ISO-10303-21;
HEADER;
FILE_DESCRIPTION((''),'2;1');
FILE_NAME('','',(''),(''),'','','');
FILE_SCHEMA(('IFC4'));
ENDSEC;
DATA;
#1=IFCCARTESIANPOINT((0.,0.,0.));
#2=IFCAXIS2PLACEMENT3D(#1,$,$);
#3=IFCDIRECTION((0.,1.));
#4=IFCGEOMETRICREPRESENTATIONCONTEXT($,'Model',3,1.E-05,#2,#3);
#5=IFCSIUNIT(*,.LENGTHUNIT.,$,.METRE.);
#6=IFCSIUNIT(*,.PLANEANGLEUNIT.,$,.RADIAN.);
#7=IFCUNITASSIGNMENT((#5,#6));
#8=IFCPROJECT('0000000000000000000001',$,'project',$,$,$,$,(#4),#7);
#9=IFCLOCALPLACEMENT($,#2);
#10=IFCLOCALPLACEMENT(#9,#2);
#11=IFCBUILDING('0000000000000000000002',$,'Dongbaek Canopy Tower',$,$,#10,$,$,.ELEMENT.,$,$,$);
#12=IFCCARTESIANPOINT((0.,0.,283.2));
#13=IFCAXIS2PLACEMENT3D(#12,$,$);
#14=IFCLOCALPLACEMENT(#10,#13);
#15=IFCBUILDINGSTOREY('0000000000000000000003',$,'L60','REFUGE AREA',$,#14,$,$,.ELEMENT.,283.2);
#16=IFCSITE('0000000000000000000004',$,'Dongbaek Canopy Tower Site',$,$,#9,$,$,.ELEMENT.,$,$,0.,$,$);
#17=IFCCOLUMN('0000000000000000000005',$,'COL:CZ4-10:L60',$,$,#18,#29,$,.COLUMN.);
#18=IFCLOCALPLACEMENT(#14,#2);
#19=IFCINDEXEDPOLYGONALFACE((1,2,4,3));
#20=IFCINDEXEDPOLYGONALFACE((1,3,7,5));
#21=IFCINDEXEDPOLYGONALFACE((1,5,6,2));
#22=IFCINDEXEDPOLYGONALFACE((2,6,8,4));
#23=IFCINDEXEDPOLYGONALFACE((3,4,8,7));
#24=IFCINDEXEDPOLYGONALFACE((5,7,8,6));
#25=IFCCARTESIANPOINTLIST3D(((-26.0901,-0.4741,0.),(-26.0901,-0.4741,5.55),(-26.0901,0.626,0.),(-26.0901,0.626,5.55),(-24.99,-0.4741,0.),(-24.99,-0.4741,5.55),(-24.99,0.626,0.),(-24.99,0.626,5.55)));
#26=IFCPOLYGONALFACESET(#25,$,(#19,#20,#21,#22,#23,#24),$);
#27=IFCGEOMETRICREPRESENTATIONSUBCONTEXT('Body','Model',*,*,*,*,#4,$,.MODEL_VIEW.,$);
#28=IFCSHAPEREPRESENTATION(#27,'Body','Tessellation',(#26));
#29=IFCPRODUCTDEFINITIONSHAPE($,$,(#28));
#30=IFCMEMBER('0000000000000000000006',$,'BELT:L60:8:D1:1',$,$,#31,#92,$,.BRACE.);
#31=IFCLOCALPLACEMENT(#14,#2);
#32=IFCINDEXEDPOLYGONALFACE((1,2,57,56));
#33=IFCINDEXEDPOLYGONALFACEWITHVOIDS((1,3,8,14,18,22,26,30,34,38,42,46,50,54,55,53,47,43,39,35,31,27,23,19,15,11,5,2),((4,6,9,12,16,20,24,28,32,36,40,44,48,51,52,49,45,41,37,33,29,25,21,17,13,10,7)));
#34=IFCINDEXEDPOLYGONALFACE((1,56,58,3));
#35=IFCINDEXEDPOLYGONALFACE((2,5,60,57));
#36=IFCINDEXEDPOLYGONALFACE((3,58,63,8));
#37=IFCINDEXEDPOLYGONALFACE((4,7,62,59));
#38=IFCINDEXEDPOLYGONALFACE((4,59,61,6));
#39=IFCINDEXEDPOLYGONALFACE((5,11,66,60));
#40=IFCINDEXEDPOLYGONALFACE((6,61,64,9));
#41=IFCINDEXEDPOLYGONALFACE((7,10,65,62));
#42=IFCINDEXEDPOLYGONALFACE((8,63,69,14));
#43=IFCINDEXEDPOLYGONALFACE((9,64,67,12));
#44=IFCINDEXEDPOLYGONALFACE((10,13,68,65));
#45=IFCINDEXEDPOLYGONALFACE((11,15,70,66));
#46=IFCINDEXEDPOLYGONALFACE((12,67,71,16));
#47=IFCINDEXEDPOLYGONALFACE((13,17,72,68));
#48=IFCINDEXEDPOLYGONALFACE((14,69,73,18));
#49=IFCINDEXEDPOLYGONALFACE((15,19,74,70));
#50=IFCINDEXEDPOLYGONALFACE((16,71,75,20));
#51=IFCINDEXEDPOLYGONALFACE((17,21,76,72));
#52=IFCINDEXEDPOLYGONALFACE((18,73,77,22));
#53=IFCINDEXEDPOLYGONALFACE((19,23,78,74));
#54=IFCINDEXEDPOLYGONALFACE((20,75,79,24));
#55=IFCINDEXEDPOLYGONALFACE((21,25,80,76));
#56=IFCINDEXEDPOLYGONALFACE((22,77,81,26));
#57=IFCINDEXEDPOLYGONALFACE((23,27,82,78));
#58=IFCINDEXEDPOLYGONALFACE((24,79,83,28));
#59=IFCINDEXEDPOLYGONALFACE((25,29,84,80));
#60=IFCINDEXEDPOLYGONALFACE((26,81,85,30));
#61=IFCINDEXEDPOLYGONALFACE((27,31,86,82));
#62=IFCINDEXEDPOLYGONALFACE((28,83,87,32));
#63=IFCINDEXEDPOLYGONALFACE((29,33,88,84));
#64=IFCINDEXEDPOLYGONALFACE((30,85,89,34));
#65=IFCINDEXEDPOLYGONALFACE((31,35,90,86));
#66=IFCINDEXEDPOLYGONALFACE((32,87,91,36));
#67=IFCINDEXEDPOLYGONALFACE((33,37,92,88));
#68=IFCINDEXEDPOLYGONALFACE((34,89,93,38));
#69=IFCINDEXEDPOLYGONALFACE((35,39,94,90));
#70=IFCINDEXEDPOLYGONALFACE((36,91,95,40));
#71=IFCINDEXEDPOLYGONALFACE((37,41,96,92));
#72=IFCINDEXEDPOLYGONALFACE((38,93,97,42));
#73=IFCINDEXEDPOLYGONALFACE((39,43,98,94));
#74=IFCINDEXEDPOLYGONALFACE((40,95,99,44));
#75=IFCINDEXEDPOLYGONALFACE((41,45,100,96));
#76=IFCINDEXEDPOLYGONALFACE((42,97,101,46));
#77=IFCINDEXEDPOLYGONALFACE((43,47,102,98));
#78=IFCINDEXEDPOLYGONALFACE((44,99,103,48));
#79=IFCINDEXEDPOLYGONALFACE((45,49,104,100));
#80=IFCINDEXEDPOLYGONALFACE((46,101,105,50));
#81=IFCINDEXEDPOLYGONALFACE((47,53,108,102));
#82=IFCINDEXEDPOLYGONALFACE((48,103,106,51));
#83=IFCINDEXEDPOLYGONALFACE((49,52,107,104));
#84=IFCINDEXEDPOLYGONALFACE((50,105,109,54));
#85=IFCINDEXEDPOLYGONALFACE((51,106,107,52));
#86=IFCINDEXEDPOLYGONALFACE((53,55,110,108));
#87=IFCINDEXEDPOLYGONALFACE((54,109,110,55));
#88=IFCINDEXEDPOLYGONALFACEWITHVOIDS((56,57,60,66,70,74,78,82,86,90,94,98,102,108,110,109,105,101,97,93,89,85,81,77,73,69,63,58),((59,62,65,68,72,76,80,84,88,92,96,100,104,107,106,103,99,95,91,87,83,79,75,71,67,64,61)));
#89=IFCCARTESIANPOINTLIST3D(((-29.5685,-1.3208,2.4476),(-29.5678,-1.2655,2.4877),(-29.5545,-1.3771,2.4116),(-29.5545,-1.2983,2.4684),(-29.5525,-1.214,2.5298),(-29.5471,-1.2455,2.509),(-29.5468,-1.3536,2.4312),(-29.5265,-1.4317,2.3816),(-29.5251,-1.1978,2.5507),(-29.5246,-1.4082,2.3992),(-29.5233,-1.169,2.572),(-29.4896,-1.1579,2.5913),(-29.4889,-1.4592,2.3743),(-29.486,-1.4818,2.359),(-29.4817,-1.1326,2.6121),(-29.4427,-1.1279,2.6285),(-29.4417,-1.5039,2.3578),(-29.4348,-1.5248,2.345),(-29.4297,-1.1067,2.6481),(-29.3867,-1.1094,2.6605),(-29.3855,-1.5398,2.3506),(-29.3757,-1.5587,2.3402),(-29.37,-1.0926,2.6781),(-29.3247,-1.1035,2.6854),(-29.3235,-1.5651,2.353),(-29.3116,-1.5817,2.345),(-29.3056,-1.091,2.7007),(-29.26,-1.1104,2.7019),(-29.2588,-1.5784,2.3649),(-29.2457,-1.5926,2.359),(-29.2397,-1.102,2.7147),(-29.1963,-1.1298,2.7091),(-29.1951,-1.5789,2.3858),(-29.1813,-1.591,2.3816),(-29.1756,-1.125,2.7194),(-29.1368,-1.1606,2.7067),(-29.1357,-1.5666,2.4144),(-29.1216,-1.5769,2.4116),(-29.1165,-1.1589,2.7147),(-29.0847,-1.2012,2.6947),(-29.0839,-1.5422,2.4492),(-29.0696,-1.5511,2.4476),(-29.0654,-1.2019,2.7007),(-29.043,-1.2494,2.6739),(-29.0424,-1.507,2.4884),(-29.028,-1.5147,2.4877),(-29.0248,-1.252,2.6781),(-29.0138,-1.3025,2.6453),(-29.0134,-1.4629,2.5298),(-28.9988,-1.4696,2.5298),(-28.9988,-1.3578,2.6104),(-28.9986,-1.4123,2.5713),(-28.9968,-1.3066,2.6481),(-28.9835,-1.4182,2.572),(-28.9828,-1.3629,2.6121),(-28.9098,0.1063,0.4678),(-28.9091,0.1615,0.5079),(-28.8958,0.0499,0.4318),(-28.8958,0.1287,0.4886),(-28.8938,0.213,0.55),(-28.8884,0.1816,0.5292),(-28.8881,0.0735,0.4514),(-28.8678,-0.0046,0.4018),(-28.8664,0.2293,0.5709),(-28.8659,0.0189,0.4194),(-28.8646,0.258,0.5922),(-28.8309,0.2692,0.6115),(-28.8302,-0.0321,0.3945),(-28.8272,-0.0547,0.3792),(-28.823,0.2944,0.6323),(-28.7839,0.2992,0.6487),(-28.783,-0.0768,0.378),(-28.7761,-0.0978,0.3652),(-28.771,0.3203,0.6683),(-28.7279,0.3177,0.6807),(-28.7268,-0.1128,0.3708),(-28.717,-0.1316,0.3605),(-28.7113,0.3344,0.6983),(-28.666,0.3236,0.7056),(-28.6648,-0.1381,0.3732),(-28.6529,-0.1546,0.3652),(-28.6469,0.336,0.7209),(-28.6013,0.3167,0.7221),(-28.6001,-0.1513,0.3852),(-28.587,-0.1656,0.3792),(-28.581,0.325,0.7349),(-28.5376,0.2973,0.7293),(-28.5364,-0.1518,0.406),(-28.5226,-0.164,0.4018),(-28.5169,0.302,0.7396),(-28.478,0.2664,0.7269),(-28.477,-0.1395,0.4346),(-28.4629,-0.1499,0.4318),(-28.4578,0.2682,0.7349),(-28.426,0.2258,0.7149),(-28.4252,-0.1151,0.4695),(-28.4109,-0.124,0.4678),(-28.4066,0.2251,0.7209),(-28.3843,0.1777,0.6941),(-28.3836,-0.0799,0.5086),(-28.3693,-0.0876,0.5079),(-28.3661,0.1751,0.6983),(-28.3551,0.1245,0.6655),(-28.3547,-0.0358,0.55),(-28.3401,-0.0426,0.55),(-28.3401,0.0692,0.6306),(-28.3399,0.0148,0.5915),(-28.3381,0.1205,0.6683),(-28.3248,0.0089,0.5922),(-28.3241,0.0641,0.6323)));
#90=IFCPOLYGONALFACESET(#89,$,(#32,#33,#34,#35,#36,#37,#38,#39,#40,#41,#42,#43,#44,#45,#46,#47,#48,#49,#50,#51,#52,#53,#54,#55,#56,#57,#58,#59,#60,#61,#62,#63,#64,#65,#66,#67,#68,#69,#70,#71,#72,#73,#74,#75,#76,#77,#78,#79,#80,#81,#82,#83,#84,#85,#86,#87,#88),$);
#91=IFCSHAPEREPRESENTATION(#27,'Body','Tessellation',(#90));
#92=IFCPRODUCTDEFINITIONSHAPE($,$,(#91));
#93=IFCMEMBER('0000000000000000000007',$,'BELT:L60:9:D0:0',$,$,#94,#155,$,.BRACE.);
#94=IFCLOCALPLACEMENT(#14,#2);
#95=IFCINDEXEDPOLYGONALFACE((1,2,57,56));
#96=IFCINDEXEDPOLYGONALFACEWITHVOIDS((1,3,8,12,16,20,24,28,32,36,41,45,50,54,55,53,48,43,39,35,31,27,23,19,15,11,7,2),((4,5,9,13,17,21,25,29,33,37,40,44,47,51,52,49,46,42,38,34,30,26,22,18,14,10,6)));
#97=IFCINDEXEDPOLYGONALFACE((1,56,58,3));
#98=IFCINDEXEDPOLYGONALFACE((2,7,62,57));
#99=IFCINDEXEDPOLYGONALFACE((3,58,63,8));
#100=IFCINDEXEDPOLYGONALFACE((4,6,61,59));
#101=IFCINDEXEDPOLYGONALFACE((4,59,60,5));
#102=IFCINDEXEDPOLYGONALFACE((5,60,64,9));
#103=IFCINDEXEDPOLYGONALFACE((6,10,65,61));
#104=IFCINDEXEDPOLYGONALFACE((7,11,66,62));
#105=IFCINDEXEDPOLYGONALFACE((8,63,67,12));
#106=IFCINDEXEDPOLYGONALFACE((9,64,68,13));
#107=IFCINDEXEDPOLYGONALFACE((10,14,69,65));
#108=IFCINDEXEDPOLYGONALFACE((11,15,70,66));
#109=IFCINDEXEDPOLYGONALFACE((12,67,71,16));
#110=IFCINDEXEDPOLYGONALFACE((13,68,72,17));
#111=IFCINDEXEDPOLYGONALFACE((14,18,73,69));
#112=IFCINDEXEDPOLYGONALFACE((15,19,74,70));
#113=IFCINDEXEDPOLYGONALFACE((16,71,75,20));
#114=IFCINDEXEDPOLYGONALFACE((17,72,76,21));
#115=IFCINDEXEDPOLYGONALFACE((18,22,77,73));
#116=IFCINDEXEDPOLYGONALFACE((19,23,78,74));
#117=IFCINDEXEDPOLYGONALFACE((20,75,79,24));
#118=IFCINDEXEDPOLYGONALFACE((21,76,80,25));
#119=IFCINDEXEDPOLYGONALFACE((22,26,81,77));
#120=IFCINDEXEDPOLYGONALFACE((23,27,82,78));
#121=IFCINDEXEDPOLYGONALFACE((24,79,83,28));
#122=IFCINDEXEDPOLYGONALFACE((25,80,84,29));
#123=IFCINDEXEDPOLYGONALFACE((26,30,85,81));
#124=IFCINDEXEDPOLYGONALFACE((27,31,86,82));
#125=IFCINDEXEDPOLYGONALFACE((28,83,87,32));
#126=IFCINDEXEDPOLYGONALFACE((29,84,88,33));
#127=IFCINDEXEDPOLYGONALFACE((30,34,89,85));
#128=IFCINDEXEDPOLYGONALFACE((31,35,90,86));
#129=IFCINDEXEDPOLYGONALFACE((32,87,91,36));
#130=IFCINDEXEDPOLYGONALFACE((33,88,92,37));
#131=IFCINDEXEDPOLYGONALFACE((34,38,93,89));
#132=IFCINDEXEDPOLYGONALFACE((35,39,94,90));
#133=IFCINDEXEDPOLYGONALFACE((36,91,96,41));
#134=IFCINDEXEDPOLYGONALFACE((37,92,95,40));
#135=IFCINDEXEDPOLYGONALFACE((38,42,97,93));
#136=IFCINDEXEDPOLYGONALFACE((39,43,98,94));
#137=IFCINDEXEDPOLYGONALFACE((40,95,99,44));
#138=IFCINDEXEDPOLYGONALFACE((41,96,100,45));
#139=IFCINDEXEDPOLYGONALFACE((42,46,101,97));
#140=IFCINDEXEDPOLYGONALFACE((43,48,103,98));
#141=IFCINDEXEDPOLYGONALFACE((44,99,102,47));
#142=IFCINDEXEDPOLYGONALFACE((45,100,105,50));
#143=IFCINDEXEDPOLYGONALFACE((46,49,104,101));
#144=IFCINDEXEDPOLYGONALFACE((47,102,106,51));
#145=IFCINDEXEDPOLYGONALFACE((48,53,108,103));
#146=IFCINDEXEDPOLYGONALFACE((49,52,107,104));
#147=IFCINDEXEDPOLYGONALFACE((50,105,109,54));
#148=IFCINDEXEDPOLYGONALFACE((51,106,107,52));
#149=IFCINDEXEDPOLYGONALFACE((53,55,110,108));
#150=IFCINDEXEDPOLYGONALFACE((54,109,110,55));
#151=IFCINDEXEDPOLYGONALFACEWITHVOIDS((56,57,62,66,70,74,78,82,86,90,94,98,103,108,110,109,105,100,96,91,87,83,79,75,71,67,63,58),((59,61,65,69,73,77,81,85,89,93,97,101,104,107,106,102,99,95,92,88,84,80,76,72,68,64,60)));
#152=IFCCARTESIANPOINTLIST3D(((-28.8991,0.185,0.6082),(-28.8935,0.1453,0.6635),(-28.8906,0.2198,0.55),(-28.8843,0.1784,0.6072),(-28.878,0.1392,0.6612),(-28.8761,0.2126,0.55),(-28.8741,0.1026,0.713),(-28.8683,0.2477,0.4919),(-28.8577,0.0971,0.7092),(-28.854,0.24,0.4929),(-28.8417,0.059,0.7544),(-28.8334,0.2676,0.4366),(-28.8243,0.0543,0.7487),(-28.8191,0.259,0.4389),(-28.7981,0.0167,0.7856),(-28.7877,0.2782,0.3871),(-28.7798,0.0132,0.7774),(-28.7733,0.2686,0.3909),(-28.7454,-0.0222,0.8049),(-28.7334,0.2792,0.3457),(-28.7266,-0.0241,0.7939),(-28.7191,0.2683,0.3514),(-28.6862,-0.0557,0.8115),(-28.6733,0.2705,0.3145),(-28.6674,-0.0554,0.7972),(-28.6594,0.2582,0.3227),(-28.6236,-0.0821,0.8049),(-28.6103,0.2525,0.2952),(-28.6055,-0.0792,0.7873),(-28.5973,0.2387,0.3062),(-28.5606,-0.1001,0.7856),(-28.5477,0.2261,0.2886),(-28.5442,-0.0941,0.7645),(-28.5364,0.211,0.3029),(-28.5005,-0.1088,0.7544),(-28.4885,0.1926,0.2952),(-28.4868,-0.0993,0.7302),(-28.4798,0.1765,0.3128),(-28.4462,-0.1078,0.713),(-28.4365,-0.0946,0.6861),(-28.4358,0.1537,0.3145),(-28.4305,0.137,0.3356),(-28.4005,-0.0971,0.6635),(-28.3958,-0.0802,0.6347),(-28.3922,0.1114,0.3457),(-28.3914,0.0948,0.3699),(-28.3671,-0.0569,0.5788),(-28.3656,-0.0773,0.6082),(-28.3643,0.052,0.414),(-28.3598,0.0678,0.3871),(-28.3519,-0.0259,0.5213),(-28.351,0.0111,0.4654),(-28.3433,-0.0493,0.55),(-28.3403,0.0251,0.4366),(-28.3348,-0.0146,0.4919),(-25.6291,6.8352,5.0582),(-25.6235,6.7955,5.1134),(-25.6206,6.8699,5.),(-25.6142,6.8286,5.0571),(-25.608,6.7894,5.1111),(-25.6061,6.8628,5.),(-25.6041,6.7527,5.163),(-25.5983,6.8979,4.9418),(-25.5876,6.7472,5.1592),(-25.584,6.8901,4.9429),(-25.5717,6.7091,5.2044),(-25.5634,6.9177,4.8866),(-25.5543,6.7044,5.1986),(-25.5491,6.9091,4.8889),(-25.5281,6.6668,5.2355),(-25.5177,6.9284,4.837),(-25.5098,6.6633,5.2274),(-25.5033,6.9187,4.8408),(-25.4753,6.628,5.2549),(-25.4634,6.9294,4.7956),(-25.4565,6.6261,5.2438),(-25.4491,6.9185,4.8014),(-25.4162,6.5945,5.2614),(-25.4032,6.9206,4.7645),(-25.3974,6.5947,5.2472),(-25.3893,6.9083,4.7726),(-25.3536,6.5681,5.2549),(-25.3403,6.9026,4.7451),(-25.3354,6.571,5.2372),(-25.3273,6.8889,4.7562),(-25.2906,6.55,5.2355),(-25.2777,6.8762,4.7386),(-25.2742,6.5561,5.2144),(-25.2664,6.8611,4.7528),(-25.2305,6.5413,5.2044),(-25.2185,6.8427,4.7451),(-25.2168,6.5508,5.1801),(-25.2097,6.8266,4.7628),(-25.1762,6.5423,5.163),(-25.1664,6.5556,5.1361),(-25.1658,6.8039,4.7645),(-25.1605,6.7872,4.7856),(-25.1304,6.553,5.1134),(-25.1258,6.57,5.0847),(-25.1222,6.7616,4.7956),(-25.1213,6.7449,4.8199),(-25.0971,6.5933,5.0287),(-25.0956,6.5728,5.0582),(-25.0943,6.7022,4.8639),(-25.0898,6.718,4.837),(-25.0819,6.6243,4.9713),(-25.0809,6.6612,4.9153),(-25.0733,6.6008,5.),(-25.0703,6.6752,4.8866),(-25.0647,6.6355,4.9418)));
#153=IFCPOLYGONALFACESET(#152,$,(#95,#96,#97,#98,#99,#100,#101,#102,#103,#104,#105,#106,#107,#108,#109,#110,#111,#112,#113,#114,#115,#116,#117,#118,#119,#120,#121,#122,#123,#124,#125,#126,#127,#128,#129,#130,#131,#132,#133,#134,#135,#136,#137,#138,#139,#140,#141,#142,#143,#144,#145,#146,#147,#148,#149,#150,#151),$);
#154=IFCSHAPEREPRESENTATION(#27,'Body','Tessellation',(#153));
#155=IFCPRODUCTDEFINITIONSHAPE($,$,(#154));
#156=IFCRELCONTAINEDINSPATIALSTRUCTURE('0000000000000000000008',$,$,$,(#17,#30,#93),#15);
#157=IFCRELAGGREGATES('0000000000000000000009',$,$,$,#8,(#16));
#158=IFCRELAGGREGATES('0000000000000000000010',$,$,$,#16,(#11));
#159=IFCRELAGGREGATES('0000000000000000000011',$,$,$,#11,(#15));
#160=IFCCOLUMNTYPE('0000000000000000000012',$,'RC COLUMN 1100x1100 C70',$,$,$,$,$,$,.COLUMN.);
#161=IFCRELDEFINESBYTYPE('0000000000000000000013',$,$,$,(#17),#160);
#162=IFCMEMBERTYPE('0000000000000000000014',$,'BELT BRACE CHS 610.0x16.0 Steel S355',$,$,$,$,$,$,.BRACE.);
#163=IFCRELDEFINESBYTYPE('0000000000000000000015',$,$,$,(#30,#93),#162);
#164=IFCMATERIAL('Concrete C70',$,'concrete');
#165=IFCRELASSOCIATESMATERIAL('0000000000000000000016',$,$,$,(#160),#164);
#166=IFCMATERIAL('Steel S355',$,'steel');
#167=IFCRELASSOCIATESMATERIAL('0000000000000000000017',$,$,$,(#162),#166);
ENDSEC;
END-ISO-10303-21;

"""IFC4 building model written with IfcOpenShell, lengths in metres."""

from ifc_helpers import new_model, si_unit, direction, frame, origin, origin_2d, place, context, subcontext, project, spatial, rectangle, hollow_circle, extrude, material, material_profile, profile_set, type_object, element, save


model = new_model("IFC4")

# Units and contexts
model_context = context("Model", 3, precision=1e-05, world=origin(), true_north=direction((0.0, 1.0)))
body_context = subcontext(model_context, "Body", "Model", "MODEL_VIEW")
ifc_project = project(units=[si_unit("LENGTHUNIT", "METRE"), si_unit("PLANEANGLEUNIT", "RADIAN")], contexts=[model_context])

# Site, building, storey
site_placement = place(None, origin())
site = spatial("IfcSite", under=ifc_project, at=site_placement, Name="Dongbaek Canopy Tower Site", CompositionType="ELEMENT", RefElevation=0.0)
building_placement = place(site_placement, origin())
building = spatial("IfcBuilding", under=site, at=building_placement, Name="Dongbaek Canopy Tower", CompositionType="ELEMENT")
storey_placement = place(building_placement, frame((0.0, 0.0, 283.2)))
storey = spatial("IfcBuildingStorey", under=building, at=storey_placement, Name="L60", Description="REFUGE AREA", CompositionType="ELEMENT", Elevation=283.2)

# Column
ifc_material_1 = material(Name="Concrete C70", Category="concrete")
ifc_material_profile_1 = material_profile(ifc_material_1, rectangle(XDim=1.1001, YDim=1.1001, at=origin_2d()), Name="RC COLUMN 1100x1100 C70")
ifc_profile_set_1 = profile_set([ifc_material_profile_1], Name="Concrete C70")
column_type = type_object("IfcColumnType", Name="RC COLUMN 1100x1100 C70", PredefinedType="COLUMN", material=ifc_profile_set_1)
column_placement = place(storey_placement, frame((-25.54, 0.0759, 0.0), z_axis=(0.0, 0.0, 1.0), x_axis=(1.0, 0.0, 0.0)))
element("IfcColumn", 1, at=column_placement, inside=storey, type_object=column_type, Name="COL:CZ4-10:L60", PredefinedType="COLUMN", context=body_context, shape_type="SweptSolid", body=[
    extrude(rectangle(XDim=1.1001, YDim=1.1001, at=origin_2d()), origin(), (0.0, 0.0, 1.0), 5.55),
])

# Members
ifc_material_2 = material(Name="Steel S355", Category="steel")
ifc_material_profile_2 = material_profile(ifc_material_2, hollow_circle(Radius=0.3049, WallThickness=0.0161, at=origin_2d()), Name="BELT BRACE CHS 610.0x16.0 Steel S355")
ifc_profile_set_2 = profile_set([ifc_material_profile_2], Name="Steel S355")
member_type_1 = type_object("IfcMemberType", Name="BELT BRACE CHS 610.0x16.0 Steel S355", PredefinedType="BRACE", material=ifc_profile_set_2)
member_1_placement = place(storey_placement, frame((-28.6169, 0.0852, 0.55), z_axis=(-0.260583, -0.564532, 0.783198), x_axis=(0.907941, -0.419098, 0.0)))
element("IfcMember", 2, at=member_1_placement, inside=storey, type_object=member_type_1, Name="BELT:L60:8:D1:1", PredefinedType="BRACE", context=body_context, shape_type="SweptSolid", body=[
    extrude(hollow_circle(Radius=0.3049, WallThickness=0.0161, at=origin_2d()), origin(), (0.0, 0.0, 1.0), 2.5278),
])
member_2_placement = place(storey_placement, frame((-28.6169, 0.0852, 0.55), z_axis=(0.378297, 0.769333, 0.5148), x_axis=(-0.897379, 0.441261, 0.0)))
element("IfcMember", 3, at=member_2_placement, inside=storey, type_object=member_type_1, Name="BELT:L60:9:D0:0", PredefinedType="BRACE", context=body_context, shape_type="SweptSolid", body=[
    extrude(hollow_circle(Radius=0.3049, WallThickness=0.0161, at=origin_2d()), origin(), (0.0, 0.0, 1.0), 8.644),
])

save(model, "model.ifc")
